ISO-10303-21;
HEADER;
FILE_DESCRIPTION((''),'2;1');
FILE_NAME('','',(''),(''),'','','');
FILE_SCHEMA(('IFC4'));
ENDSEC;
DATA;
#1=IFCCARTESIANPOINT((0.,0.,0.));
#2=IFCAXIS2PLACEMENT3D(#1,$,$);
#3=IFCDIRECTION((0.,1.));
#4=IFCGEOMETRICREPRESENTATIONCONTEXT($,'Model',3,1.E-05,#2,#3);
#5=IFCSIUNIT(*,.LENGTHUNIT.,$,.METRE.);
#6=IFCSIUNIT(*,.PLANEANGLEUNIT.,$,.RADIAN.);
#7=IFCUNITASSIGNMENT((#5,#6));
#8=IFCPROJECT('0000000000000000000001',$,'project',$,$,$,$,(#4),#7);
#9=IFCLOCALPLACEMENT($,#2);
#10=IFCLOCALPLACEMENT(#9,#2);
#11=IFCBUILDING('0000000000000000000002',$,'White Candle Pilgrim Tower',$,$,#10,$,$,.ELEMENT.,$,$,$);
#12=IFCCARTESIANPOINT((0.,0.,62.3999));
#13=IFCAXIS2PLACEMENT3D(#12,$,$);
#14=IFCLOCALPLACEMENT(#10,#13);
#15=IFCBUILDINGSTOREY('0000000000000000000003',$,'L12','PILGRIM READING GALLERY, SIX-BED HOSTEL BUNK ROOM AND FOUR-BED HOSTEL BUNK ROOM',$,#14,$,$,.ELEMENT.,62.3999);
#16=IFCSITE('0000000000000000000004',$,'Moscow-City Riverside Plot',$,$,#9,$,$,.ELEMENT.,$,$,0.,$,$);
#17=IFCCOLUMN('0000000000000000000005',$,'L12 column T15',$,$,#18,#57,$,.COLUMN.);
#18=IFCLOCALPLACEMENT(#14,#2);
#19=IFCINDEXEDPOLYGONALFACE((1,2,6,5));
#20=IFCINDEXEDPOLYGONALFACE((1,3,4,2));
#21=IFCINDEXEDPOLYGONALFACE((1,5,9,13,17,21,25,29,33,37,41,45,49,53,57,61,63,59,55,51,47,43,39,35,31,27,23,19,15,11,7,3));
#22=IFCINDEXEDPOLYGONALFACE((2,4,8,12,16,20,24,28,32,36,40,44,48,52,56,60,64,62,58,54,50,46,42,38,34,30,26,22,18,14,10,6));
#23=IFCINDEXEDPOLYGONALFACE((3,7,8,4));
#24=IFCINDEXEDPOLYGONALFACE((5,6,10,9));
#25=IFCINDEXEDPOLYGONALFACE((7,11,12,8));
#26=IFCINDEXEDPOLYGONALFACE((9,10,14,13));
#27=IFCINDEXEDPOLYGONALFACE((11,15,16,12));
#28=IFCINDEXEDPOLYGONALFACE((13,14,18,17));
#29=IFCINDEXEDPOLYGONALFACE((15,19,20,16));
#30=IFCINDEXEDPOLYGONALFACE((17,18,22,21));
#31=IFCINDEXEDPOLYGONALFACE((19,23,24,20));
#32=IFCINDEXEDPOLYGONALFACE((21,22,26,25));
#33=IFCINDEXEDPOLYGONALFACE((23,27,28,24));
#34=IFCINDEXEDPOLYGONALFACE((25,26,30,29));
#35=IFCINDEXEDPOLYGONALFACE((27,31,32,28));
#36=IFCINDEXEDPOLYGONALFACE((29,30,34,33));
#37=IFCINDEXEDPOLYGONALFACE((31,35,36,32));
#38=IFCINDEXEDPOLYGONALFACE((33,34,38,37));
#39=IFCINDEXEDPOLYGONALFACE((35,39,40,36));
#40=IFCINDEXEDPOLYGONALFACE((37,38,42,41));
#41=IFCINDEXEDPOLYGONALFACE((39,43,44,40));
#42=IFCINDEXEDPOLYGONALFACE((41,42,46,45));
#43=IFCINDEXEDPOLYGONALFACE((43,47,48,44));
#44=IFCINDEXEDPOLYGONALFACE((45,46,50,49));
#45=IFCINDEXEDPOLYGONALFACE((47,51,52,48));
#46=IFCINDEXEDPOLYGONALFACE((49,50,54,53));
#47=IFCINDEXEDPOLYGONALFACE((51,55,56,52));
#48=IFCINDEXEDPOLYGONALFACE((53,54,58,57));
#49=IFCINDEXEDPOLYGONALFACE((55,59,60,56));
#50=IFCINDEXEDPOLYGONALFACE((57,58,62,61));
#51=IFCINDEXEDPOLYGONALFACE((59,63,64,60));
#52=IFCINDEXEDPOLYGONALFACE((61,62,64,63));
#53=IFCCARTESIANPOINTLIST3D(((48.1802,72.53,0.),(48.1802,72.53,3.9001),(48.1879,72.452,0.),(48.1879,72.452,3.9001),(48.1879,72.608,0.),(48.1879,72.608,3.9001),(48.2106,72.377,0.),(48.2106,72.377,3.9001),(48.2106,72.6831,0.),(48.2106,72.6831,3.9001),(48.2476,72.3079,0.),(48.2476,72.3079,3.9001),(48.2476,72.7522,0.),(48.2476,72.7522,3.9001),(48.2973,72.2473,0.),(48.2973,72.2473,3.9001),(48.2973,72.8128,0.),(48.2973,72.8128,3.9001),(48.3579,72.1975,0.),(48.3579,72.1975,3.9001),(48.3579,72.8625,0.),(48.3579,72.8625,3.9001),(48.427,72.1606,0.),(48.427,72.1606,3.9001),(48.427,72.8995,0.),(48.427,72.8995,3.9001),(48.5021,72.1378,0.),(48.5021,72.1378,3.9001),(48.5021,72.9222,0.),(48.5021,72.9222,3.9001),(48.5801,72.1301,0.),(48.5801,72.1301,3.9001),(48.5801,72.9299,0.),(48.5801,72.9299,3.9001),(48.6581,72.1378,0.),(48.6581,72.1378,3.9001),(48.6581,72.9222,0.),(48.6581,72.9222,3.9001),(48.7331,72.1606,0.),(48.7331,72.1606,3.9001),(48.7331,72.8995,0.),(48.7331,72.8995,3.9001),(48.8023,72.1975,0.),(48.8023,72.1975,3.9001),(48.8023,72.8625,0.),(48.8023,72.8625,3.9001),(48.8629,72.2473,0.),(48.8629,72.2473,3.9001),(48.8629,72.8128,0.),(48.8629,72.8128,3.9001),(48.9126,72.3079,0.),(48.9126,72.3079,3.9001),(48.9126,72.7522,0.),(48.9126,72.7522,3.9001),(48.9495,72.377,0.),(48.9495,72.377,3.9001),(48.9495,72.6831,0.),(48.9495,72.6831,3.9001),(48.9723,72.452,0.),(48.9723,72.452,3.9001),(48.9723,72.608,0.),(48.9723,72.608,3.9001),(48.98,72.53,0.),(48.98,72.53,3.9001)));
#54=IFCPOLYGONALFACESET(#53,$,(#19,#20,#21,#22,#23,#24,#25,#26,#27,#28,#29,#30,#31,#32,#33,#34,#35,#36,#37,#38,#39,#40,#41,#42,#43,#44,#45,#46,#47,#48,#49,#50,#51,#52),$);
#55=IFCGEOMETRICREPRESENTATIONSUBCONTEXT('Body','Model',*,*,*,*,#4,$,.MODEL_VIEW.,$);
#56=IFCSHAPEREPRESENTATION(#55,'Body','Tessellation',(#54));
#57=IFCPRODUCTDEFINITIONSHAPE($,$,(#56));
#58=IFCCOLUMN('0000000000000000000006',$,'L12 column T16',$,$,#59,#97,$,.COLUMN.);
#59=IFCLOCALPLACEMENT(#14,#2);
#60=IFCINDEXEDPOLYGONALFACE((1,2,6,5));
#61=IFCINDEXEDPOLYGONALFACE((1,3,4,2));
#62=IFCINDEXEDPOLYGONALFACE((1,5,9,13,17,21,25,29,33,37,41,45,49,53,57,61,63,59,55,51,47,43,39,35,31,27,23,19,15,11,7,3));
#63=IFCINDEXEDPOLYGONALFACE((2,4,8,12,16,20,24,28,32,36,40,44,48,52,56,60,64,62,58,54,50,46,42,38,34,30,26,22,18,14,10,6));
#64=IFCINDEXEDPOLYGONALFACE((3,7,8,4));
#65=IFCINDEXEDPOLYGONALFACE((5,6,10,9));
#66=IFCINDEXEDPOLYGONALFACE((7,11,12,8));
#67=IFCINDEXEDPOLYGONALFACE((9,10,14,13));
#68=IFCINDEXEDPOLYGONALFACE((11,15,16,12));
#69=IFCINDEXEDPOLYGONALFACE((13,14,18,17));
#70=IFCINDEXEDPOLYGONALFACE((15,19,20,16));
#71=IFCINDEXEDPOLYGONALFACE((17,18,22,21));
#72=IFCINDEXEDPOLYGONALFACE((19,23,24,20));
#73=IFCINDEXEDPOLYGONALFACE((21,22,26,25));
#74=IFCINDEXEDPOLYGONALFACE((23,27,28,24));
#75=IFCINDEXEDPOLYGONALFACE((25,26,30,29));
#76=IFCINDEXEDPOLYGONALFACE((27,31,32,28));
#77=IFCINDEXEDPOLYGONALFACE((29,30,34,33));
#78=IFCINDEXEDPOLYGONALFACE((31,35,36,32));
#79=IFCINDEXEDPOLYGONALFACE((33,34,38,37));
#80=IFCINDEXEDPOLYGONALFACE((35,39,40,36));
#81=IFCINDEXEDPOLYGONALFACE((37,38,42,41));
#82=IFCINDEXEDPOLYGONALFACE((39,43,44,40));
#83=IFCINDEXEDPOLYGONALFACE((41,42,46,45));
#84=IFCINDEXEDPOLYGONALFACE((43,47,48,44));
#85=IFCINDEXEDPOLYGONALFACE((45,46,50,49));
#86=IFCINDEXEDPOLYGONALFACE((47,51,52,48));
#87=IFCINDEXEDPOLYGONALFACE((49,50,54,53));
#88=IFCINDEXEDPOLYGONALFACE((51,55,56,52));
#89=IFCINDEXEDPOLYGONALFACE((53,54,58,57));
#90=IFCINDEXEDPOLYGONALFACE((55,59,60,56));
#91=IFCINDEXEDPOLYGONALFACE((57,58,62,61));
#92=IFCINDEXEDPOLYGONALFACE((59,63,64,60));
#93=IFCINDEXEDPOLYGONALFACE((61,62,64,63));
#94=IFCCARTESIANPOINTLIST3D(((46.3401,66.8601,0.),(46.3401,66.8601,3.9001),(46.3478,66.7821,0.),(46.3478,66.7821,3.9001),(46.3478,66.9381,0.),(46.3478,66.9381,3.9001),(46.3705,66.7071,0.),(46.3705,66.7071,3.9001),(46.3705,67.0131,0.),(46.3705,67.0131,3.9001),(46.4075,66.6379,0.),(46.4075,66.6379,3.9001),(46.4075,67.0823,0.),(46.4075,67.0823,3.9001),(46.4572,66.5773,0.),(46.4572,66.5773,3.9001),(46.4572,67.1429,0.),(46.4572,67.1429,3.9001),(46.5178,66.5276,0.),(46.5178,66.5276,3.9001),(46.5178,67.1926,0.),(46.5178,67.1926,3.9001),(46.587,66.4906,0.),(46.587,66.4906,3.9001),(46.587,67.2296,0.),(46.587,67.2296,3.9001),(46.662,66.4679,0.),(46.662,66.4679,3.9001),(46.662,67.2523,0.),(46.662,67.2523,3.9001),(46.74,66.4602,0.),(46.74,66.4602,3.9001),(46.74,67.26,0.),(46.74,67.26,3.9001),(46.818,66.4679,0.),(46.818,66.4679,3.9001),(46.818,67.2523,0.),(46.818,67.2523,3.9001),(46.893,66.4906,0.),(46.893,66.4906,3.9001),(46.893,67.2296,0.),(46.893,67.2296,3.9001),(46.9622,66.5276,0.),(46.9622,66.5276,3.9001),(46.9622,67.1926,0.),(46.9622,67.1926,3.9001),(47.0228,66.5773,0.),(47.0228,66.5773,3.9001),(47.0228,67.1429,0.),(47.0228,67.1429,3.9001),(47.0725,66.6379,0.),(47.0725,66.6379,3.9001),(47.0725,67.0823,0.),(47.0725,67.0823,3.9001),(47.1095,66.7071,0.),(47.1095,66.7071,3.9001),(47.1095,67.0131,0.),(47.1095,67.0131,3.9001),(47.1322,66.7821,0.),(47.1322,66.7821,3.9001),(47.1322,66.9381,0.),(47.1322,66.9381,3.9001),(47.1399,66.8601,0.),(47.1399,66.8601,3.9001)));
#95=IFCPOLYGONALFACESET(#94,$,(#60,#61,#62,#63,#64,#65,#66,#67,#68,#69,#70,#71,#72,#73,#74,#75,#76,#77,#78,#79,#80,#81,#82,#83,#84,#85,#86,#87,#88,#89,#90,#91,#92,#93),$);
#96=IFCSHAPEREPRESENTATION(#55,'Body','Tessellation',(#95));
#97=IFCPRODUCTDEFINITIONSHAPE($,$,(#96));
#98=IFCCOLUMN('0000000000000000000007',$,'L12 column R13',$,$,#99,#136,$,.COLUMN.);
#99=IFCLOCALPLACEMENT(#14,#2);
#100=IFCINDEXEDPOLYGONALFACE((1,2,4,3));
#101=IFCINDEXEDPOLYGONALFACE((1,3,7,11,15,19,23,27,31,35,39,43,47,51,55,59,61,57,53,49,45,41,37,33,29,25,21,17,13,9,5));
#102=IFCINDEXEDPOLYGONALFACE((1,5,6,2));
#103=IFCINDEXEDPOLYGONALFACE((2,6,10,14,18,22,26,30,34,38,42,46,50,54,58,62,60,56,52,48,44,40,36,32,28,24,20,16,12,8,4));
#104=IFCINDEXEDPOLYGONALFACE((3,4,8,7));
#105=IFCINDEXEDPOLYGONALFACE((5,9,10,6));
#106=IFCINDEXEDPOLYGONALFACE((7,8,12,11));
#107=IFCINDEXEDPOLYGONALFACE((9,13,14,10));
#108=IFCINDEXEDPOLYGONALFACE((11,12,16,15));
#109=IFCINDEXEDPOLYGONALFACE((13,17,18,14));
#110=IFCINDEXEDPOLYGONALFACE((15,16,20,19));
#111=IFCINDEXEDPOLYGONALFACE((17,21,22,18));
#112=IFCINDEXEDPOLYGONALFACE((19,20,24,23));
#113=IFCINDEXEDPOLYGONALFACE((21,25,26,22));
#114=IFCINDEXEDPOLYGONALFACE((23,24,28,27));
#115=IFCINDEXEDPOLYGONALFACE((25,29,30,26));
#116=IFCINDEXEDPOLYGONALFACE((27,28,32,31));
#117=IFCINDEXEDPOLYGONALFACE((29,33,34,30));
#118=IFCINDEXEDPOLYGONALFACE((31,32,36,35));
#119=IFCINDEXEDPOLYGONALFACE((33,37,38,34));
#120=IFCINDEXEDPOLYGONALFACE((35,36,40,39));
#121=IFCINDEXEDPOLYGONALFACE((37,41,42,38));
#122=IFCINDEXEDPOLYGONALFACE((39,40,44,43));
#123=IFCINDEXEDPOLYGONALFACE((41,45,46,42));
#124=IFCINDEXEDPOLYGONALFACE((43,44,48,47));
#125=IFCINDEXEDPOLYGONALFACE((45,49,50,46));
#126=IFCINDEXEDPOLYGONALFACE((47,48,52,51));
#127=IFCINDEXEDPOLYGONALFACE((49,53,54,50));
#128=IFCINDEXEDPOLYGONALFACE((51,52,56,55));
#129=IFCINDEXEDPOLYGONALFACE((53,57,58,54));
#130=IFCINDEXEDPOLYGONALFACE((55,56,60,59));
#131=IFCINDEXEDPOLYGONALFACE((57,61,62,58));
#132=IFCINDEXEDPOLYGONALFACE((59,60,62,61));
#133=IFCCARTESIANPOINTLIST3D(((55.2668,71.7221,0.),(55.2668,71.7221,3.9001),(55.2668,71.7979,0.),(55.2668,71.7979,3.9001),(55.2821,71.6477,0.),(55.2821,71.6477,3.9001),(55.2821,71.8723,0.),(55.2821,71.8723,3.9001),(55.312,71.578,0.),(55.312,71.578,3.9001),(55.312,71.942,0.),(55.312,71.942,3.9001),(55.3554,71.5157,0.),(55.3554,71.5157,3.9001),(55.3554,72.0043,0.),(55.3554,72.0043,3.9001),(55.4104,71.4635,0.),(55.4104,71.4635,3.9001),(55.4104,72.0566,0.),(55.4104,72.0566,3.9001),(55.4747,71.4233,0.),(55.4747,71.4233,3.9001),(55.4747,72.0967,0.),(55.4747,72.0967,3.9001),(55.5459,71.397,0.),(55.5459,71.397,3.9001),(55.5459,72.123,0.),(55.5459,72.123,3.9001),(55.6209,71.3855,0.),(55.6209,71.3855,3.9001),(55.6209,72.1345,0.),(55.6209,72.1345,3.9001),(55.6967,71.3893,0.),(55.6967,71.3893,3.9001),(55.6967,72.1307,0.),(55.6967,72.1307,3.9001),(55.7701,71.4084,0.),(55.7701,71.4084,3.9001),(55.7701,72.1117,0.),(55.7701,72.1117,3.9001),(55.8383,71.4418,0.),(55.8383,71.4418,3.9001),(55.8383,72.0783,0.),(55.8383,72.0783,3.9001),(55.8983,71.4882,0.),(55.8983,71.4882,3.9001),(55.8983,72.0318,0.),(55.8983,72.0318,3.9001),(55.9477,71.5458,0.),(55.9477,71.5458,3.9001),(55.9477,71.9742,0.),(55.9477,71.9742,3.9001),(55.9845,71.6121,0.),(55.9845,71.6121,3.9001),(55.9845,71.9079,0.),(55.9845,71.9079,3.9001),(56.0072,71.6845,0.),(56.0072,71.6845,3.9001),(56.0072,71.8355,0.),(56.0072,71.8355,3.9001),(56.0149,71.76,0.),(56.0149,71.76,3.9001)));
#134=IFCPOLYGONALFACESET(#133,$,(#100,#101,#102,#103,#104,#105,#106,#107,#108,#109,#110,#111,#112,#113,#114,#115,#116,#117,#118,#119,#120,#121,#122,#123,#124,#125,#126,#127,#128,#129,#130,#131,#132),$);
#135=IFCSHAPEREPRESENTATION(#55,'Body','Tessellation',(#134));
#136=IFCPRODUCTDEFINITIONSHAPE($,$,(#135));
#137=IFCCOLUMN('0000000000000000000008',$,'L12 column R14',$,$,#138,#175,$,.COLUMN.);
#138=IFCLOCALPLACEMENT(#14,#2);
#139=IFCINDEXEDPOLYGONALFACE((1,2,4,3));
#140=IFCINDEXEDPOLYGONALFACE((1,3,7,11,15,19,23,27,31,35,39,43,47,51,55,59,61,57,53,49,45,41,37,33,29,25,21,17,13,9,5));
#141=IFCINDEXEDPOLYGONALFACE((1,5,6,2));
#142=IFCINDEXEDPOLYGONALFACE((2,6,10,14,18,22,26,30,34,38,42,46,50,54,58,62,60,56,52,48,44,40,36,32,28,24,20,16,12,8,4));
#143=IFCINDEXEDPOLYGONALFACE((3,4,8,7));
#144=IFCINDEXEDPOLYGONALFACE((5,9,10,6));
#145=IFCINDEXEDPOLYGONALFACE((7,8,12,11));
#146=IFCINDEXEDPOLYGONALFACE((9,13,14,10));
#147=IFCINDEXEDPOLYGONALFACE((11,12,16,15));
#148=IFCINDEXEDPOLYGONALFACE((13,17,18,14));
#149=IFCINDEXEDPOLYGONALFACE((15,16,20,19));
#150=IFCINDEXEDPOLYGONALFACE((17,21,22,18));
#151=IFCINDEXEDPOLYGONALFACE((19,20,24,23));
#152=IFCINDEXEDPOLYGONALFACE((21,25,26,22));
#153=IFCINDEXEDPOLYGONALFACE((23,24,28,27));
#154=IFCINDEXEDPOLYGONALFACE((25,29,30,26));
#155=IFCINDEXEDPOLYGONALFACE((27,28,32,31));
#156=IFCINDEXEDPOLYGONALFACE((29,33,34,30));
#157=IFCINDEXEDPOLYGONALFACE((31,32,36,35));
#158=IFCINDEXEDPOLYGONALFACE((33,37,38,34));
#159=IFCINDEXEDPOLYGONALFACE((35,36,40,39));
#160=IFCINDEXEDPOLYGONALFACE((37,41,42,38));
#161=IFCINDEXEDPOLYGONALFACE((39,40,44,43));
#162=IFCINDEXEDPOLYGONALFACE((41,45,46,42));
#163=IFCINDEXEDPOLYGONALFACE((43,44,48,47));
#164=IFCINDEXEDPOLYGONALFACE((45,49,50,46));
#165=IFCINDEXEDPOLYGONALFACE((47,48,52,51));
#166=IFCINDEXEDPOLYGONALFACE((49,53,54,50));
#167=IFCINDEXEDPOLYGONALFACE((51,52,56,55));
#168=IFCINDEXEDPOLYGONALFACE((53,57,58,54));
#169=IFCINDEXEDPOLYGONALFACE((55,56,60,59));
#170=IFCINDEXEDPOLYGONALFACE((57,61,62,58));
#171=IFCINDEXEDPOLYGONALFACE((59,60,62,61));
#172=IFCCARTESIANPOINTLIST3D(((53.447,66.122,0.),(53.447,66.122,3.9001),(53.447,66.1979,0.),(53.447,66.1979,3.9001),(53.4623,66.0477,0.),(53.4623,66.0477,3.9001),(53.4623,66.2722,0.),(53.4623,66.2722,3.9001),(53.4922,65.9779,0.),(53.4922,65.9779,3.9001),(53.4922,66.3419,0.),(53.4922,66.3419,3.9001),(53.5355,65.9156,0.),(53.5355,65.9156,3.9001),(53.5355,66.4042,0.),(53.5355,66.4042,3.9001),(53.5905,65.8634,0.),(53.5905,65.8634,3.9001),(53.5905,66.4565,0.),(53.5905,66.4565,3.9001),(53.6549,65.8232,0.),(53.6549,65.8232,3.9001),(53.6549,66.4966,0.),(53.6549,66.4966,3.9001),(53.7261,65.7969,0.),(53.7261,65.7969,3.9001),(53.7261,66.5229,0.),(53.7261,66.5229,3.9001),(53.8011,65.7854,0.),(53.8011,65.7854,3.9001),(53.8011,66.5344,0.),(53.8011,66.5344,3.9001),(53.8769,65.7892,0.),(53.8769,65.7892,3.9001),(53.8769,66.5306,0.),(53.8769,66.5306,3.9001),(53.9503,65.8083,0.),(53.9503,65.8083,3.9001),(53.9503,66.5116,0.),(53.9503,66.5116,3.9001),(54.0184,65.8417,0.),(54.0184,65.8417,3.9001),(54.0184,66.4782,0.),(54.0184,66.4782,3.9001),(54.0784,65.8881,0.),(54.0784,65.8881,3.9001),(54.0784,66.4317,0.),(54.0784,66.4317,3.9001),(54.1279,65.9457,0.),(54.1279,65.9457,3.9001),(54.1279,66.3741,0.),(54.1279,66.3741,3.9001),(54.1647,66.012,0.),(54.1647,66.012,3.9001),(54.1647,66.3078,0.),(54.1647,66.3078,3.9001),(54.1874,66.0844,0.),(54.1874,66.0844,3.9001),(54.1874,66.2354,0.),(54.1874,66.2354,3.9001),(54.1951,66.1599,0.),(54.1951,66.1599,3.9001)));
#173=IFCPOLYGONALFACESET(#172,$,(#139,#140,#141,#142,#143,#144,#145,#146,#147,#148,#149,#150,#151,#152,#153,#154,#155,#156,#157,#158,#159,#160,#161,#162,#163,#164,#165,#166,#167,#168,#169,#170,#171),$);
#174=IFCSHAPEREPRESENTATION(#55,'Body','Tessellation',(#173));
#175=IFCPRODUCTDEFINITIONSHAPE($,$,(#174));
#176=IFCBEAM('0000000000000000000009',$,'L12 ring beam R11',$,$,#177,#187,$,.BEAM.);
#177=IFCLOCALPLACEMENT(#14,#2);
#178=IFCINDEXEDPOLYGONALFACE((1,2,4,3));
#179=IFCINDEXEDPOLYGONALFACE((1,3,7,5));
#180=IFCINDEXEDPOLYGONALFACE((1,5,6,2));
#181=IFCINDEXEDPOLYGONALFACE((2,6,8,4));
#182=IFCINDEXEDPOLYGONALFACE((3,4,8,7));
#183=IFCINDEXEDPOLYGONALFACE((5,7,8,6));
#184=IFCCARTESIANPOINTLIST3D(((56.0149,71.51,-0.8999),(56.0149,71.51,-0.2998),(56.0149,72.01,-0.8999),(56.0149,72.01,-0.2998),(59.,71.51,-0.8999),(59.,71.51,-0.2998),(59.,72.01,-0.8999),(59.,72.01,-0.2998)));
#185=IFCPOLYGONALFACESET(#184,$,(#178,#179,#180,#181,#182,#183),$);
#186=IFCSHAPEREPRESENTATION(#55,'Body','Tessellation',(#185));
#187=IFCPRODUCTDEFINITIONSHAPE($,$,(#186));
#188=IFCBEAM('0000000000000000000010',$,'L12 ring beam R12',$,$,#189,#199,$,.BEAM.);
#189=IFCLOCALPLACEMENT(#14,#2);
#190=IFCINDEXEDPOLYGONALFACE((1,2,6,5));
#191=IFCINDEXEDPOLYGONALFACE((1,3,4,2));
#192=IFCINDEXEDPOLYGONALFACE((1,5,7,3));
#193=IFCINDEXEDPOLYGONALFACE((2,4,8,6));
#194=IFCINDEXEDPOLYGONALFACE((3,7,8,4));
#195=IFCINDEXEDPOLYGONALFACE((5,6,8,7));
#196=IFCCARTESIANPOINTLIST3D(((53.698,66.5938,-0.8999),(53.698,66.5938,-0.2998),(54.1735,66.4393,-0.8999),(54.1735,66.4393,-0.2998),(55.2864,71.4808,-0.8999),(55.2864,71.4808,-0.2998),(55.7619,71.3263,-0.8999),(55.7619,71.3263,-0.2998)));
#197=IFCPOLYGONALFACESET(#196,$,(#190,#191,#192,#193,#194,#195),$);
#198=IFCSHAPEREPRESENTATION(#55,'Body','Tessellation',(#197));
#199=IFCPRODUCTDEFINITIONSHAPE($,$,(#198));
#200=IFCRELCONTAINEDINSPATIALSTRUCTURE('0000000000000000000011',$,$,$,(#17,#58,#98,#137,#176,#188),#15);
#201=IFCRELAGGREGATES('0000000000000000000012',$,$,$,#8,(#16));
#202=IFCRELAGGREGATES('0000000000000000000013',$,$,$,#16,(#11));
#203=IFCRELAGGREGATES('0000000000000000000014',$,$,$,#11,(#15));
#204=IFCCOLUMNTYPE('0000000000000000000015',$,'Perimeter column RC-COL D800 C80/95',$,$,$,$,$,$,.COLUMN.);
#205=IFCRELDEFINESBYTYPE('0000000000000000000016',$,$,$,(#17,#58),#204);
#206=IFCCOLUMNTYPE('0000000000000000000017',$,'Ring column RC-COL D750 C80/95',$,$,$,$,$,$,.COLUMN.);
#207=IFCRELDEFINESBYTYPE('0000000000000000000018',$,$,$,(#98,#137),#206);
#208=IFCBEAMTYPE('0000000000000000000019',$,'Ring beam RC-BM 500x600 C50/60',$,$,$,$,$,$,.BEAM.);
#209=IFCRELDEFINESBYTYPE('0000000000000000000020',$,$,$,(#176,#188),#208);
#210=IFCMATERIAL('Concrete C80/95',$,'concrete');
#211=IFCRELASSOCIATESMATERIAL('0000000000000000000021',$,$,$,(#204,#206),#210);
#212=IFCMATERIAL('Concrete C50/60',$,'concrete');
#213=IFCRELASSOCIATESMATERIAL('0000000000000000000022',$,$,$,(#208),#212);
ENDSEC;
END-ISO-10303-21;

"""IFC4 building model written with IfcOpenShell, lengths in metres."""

from ifc_helpers import new_model, si_unit, direction, frame, origin, origin_2d, place, context, subcontext, project, spatial, rectangle, circle, extrude, material, material_profile, profile_set, type_object, element, save


model = new_model("IFC4")

# Units and contexts
model_context = context("Model", 3, precision=1e-05, world=origin(), true_north=direction((0.0, 1.0)))
body_context = subcontext(model_context, "Body", "Model", "MODEL_VIEW")
ifc_project = project(units=[si_unit("LENGTHUNIT", "METRE"), si_unit("PLANEANGLEUNIT", "RADIAN")], contexts=[model_context])

# Site, building, storey
site_placement = place(None, origin())
site = spatial("IfcSite", under=ifc_project, at=site_placement, Name="Moscow-City Riverside Plot", CompositionType="ELEMENT", RefElevation=0.0)
building_placement = place(site_placement, origin())
building = spatial("IfcBuilding", under=site, at=building_placement, Name="White Candle Pilgrim Tower", CompositionType="ELEMENT")
storey_placement = place(building_placement, frame((0.0, 0.0, 62.3999)))
storey = spatial("IfcBuildingStorey", under=building, at=storey_placement, Name="L12", Description="PILGRIM READING GALLERY, SIX-BED HOSTEL BUNK ROOM AND FOUR-BED HOSTEL BUNK ROOM", CompositionType="ELEMENT", Elevation=62.3999)

# Columns
ifc_material_1 = material(Name="Concrete C80/95", Category="concrete")
ifc_material_profile_1 = material_profile(ifc_material_1, circle(Radius=0.3999, at=origin_2d()), Name="RC-COL D800")
ifc_profile_set_1 = profile_set([ifc_material_profile_1], Name="Concrete C80/95")
column_type_1 = type_object("IfcColumnType", Name="Perimeter column RC-COL D800 C80/95", PredefinedType="COLUMN", material=ifc_profile_set_1)
for number, where, z_axis, x_axis, name in (
    (1, (48.5801, 72.53, 0.0), (0.0, 0.0, 1.0), (1.0, 0.0, 0.0), "L12 column T15"),
    (2, (46.74, 66.8601, 0.0), (0.0, 0.0, 1.0), (1.0, 0.0, 0.0), "L12 column T16"),
):
    element("IfcColumn", number, at=place(storey_placement, frame(where, z_axis=z_axis, x_axis=x_axis)), inside=storey, type_object=column_type_1, Name=name, PredefinedType="COLUMN", context=body_context, shape_type="SweptSolid", body=[
        extrude(circle(Radius=0.3999, at=origin_2d()), origin(), (0.0, 0.0, 1.0), 3.9001),
    ])
ifc_material_profile_2 = material_profile(ifc_material_1, circle(Radius=0.375, at=origin_2d()), Name="RC-COL D750")
ifc_profile_set_2 = profile_set([ifc_material_profile_2], Name="Concrete C80/95")
column_type_2 = type_object("IfcColumnType", Name="Ring column RC-COL D750 C80/95", PredefinedType="COLUMN", material=ifc_profile_set_2)
for number, where, z_axis, x_axis, name in (
    (3, (55.6399, 71.76, 0.0), (0.0, 0.0, 1.0), (1.0, 0.0, 0.0), "L12 column R13"),
    (4, (53.8201, 66.1599, 0.0), (0.0, 0.0, 1.0), (1.0, 0.0, 0.0), "L12 column R14"),
):
    element("IfcColumn", number, at=place(storey_placement, frame(where, z_axis=z_axis, x_axis=x_axis)), inside=storey, type_object=column_type_2, Name=name, PredefinedType="COLUMN", context=body_context, shape_type="SweptSolid", body=[
        extrude(circle(Radius=0.375, at=origin_2d()), origin(), (0.0, 0.0, 1.0), 3.9001),
    ])

# Beams
ifc_material_2 = material(Name="Concrete C50/60", Category="concrete")
ifc_material_profile_3 = material_profile(ifc_material_2, rectangle(XDim=0.5, YDim=0.6001, at=origin_2d()), Name="RC-BM 500x600")
ifc_profile_set_3 = profile_set([ifc_material_profile_3], Name="Concrete C50/60")
beam_type_1 = type_object("IfcBeamType", Name="Ring beam RC-BM 500x600 C50/60", PredefinedType="BEAM", material=ifc_profile_set_3)
beam_1_placement = place(storey_placement, frame((56.0149, 71.76, -0.5999), z_axis=(1.0, 0.0, 0.0), x_axis=(0.0, 1.0, 0.0)))
element("IfcBeam", 5, at=beam_1_placement, inside=storey, type_object=beam_type_1, Name="L12 ring beam R11", PredefinedType="BEAM", context=body_context, shape_type="SweptSolid", body=[
    extrude(rectangle(XDim=0.5, YDim=0.6001, at=origin_2d()), origin(), (0.0, 0.0, 1.0), 2.9851),
])
beam_2_placement = place(storey_placement, frame((55.5242, 71.4036, -0.5999), z_axis=(-0.309106, -0.951027, 0.0), x_axis=(0.951027, -0.309106, 0.0)))
element("IfcBeam", 6, at=beam_2_placement, inside=storey, type_object=beam_type_1, Name="L12 ring beam R12", PredefinedType="BEAM", context=body_context, shape_type="SweptSolid", body=[
    extrude(rectangle(XDim=0.5, YDim=0.6001, at=origin_2d()), origin(), (0.0, 0.0, 1.0), 5.1387),
])

save(model, "model.ifc")
